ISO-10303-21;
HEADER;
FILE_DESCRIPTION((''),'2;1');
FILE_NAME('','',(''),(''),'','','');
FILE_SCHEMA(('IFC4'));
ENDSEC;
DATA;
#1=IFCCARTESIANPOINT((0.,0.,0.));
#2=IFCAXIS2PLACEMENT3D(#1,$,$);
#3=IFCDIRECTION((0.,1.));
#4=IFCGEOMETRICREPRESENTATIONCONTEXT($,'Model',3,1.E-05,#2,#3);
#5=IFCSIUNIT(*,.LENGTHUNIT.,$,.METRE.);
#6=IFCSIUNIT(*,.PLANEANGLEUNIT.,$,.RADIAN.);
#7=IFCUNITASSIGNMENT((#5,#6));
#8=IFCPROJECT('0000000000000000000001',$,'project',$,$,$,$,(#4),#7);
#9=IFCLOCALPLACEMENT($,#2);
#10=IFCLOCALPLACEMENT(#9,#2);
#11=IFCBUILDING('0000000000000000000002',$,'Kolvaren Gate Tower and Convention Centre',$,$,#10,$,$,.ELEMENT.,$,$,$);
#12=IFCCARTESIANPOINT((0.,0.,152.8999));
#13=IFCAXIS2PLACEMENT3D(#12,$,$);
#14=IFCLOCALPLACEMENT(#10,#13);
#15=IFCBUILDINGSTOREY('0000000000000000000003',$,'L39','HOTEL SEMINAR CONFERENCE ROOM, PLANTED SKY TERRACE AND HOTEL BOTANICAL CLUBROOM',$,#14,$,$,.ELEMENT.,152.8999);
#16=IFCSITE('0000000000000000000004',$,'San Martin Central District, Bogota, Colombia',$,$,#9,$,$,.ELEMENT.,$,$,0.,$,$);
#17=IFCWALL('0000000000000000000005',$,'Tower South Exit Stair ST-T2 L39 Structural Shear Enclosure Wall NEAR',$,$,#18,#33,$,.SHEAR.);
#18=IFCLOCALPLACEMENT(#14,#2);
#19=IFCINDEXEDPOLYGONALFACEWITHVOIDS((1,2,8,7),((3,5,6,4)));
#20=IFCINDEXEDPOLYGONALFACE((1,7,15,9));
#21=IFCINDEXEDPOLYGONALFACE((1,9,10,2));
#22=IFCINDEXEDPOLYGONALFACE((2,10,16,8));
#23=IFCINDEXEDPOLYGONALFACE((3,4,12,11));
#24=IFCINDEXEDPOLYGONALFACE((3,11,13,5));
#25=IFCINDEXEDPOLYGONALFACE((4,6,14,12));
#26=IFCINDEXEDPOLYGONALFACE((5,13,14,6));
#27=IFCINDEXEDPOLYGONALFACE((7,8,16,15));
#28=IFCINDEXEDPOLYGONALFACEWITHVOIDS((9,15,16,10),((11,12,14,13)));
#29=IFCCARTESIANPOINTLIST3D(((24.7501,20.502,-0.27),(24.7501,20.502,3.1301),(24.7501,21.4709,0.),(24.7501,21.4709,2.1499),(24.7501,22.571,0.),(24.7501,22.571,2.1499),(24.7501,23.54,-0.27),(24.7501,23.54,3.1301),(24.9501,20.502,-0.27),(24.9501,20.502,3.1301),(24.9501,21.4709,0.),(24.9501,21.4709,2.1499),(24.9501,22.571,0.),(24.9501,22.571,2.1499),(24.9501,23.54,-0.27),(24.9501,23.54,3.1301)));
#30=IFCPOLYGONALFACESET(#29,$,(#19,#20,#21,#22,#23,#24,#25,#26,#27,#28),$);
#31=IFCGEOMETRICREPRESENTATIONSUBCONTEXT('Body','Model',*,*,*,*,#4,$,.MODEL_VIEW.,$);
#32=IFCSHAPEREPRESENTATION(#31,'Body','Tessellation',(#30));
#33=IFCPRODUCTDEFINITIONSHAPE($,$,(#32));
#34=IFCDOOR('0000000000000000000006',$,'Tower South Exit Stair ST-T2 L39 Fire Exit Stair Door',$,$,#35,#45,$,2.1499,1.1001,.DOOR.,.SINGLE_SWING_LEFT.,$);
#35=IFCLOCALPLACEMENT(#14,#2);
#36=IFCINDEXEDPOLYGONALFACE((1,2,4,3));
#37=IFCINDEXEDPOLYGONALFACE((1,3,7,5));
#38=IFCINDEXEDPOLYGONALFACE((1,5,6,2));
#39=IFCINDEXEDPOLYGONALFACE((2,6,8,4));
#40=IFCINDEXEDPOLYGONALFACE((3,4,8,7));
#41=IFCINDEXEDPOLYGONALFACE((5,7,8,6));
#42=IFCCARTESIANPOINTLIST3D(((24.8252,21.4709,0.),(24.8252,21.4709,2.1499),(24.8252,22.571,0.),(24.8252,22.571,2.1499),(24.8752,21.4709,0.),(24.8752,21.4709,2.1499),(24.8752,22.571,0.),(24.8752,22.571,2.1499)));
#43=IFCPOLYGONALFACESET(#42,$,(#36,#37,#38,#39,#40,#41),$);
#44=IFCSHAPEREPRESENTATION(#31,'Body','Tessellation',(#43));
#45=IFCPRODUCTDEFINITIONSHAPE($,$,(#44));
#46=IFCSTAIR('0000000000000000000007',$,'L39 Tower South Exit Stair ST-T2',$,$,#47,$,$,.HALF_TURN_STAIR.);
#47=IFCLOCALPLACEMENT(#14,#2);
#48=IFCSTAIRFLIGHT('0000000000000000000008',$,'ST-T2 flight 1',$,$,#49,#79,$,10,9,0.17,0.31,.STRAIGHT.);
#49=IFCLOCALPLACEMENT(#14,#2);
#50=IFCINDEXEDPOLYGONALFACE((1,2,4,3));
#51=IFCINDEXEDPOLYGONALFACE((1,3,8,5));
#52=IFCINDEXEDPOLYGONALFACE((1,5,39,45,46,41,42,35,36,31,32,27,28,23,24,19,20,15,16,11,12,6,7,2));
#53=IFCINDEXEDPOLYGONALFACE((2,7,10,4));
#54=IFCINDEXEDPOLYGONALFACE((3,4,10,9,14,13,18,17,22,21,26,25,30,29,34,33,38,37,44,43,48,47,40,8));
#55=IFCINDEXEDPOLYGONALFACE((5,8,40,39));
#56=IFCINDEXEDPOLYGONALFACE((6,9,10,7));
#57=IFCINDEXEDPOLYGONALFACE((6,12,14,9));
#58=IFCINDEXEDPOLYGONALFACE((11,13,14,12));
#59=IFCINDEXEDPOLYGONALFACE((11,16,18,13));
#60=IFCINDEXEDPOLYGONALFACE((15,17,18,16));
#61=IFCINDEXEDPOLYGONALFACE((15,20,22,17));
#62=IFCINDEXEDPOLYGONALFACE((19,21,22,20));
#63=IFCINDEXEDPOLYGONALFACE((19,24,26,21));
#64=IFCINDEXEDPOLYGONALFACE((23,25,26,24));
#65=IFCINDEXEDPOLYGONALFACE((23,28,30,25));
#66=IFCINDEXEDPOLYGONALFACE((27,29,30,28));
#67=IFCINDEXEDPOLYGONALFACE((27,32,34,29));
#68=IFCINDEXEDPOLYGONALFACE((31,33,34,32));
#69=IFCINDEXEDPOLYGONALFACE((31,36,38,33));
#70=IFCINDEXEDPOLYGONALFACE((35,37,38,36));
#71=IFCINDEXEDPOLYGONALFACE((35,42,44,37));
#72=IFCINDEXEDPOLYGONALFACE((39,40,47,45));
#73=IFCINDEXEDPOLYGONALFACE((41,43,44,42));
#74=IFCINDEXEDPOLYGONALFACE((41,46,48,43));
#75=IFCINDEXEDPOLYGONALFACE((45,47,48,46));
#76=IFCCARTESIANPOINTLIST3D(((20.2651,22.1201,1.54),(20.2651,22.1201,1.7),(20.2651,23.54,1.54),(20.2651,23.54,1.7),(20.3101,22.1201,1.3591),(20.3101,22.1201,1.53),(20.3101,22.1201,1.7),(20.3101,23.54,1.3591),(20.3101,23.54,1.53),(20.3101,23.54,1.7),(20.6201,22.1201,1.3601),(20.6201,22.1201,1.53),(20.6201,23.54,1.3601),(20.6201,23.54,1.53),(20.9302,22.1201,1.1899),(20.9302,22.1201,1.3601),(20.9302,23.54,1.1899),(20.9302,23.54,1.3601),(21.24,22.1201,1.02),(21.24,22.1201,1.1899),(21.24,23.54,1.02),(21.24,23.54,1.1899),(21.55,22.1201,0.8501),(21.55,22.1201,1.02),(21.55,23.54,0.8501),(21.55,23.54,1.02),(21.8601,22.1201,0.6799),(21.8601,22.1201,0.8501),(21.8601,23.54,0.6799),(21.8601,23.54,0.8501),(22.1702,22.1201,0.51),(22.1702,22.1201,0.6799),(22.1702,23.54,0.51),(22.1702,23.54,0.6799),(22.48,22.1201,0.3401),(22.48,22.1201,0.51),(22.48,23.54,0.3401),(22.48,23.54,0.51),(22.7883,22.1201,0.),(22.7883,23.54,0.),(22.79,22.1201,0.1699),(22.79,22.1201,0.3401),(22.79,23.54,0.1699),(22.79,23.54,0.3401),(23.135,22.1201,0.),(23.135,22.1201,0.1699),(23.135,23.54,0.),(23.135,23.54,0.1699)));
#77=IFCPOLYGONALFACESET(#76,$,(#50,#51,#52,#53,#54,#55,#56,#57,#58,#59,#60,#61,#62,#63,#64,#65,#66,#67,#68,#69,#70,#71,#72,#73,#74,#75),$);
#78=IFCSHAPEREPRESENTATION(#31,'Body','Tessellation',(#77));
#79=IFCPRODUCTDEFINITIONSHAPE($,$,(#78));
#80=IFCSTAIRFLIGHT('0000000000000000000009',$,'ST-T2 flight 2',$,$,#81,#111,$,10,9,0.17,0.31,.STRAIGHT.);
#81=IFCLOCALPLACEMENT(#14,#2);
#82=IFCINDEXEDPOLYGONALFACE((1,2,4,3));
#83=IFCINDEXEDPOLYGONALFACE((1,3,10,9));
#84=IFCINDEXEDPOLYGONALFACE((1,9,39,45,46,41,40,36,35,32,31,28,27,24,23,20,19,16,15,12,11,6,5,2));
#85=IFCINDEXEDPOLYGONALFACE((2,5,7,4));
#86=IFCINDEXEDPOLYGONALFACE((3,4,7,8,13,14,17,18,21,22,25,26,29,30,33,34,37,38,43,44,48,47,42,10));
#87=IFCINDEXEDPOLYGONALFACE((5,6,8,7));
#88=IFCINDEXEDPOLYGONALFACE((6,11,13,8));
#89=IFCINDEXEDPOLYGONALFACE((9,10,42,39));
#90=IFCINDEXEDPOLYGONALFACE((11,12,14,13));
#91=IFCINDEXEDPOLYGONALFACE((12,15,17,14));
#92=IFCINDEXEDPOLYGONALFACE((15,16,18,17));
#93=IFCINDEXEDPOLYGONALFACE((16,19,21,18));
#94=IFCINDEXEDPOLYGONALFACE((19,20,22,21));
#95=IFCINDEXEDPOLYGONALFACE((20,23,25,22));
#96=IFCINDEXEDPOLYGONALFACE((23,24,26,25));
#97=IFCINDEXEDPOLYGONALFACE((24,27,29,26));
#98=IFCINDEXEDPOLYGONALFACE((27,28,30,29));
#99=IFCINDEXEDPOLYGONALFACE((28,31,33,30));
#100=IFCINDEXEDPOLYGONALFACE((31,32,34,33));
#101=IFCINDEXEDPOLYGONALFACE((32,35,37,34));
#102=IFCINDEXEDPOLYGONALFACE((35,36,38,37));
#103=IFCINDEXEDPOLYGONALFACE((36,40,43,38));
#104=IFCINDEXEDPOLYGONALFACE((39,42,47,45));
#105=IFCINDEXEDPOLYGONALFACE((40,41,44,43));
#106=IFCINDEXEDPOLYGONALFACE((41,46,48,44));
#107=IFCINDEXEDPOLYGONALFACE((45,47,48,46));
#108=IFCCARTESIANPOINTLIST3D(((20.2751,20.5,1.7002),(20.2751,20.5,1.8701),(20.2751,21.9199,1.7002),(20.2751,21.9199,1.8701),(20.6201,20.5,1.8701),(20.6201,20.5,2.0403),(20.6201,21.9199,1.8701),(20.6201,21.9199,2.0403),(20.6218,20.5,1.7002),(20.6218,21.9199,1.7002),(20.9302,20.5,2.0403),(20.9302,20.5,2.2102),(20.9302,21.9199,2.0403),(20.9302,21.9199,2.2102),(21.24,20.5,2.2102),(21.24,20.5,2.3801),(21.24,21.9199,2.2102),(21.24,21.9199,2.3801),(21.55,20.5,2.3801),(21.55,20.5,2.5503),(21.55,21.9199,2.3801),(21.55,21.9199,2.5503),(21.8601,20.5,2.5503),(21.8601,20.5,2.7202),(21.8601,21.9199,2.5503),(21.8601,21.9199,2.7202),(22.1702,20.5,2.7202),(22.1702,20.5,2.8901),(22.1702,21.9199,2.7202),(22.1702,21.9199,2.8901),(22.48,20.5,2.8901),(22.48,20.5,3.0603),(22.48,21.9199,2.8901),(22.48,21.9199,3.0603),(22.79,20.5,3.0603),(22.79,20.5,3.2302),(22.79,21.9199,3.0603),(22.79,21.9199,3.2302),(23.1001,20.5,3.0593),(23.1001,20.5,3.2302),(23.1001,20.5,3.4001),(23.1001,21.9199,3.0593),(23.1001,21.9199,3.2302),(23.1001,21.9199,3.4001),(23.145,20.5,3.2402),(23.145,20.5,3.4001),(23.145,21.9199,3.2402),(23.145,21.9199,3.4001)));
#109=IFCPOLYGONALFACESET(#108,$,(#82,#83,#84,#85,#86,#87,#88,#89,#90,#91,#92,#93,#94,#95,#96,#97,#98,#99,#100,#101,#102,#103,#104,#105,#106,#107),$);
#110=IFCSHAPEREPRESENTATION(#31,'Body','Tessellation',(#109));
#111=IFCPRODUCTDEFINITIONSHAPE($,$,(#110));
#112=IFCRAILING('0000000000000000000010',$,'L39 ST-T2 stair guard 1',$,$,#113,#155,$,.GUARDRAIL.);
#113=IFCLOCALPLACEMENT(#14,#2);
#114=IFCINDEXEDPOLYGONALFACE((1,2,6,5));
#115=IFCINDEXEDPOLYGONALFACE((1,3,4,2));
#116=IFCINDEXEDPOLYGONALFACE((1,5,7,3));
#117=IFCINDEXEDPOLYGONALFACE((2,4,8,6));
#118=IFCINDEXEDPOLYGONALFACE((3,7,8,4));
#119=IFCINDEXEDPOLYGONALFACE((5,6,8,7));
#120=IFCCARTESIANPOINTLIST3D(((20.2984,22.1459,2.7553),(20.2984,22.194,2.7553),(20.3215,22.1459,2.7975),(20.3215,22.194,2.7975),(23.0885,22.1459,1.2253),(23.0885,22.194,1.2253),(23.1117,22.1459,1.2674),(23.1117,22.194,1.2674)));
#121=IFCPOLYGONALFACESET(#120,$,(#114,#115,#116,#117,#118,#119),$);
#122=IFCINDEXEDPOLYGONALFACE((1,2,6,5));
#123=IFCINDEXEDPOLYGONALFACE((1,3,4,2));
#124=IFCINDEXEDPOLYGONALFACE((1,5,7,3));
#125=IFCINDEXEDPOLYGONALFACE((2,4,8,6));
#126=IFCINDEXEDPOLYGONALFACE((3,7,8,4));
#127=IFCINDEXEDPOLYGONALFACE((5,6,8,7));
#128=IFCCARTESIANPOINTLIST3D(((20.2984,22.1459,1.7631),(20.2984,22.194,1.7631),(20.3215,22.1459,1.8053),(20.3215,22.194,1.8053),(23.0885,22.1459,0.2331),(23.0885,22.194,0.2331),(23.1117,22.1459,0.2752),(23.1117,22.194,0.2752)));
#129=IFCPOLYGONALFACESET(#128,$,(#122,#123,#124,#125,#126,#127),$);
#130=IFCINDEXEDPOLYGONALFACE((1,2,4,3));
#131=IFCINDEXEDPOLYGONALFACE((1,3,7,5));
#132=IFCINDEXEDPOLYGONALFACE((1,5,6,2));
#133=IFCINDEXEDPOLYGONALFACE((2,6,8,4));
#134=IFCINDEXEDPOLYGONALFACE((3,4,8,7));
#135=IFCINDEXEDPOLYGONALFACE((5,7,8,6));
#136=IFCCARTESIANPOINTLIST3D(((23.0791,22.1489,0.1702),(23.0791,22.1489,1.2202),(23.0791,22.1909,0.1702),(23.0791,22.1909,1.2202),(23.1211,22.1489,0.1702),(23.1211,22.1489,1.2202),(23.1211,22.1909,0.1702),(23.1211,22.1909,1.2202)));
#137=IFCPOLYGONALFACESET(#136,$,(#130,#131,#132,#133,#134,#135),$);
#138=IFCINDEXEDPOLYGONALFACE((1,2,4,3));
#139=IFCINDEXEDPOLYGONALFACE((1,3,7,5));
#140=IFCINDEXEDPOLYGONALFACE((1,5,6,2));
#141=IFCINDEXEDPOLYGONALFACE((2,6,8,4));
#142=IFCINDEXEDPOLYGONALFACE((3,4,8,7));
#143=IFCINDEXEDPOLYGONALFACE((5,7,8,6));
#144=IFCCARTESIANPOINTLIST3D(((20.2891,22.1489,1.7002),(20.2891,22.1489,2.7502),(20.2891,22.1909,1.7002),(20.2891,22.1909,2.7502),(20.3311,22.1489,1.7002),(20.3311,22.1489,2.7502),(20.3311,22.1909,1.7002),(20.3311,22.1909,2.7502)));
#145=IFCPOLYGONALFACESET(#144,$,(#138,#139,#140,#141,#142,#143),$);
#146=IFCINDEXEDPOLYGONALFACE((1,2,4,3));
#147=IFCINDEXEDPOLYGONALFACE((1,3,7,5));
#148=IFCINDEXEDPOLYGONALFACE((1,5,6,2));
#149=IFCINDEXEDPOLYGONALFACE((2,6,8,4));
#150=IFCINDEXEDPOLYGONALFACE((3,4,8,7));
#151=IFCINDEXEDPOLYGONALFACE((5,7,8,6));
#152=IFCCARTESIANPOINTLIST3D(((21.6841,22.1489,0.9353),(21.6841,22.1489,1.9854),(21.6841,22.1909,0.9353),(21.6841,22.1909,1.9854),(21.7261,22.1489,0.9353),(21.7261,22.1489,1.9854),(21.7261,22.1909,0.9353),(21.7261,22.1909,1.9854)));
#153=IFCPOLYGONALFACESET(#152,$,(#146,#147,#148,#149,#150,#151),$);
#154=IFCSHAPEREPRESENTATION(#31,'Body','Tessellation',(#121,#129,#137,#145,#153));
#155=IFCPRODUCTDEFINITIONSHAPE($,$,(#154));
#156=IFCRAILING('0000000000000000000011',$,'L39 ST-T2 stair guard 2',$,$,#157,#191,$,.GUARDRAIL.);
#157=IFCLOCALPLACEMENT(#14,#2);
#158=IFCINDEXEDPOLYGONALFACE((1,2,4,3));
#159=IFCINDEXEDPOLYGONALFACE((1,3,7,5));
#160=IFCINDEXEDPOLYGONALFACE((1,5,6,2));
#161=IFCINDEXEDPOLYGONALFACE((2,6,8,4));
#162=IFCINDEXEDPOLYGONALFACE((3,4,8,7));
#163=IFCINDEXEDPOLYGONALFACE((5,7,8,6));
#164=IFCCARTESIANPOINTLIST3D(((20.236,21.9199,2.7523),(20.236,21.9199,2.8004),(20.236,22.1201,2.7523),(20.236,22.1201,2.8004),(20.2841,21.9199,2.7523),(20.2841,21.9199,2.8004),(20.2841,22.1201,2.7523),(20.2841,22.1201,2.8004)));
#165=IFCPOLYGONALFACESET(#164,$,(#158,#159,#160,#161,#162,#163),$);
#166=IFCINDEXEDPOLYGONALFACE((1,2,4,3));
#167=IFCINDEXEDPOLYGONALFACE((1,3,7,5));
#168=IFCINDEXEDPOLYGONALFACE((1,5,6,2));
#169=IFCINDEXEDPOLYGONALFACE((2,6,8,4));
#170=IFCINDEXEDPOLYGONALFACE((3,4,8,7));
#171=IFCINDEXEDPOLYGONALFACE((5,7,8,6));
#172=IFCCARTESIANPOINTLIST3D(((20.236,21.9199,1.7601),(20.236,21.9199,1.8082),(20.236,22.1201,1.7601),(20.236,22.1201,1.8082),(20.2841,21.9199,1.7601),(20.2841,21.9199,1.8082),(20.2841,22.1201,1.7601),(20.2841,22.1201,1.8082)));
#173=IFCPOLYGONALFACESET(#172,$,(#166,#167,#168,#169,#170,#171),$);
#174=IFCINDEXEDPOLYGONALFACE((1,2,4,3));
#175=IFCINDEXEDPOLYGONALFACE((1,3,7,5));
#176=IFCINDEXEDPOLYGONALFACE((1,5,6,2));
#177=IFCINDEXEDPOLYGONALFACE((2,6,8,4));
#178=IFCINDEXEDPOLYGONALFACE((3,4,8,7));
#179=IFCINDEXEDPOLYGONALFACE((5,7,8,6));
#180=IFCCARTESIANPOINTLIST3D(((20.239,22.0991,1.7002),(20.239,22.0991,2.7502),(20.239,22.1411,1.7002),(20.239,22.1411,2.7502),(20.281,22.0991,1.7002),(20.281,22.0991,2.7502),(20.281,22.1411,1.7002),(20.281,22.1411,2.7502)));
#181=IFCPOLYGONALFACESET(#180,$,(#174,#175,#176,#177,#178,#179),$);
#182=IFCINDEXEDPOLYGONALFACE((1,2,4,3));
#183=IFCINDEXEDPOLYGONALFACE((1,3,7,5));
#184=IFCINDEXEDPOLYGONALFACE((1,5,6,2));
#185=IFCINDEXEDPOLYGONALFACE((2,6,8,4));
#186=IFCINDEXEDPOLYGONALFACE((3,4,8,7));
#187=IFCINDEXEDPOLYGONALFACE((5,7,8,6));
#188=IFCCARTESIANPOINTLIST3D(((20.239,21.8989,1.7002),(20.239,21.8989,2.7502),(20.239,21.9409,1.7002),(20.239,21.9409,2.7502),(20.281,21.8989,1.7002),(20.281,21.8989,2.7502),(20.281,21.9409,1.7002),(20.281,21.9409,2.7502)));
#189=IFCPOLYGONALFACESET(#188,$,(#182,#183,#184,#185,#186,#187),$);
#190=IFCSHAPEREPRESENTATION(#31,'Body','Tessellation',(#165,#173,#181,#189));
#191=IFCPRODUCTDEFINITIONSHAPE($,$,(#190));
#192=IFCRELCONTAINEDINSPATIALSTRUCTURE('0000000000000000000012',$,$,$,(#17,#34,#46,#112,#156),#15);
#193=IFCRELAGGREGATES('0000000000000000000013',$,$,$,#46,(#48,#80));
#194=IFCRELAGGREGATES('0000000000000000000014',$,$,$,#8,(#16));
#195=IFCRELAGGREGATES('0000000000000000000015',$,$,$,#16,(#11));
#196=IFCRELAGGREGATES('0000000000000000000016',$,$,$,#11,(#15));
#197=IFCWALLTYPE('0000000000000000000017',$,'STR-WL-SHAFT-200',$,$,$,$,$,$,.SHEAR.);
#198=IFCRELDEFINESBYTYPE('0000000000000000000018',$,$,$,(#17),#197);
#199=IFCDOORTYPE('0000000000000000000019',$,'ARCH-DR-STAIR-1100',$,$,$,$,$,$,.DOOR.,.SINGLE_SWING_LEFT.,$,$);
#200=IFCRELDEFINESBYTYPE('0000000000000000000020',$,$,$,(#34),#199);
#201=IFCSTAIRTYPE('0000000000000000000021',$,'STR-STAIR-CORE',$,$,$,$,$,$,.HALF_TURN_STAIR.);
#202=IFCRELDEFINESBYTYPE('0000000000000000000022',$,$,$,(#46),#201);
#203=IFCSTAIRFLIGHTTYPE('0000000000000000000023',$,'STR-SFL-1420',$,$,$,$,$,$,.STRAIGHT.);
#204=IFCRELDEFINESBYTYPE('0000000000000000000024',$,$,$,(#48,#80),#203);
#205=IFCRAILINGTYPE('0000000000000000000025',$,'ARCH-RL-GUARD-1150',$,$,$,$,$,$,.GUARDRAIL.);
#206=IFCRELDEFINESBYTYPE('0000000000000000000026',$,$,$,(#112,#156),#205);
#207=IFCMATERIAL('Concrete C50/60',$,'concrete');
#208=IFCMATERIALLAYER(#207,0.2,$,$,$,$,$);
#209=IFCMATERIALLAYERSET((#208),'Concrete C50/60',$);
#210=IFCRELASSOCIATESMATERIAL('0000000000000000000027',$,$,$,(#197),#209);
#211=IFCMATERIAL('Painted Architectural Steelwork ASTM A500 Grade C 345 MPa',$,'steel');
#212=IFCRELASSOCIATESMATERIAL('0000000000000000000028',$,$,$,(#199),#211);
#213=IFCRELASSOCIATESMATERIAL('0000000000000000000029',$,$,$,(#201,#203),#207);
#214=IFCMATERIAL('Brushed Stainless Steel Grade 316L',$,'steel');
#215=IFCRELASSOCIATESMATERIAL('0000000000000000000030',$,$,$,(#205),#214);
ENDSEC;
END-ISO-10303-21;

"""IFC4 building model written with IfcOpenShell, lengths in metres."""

from ifc_helpers import new_model, si_unit, direction, frame, frame_2d, origin, origin_2d, place, context, subcontext, project, spatial, polyline, rectangle, outline, extrude, material, layer, layer_set, type_object, element, fill, aggregate, save


model = new_model("IFC4")

# Units and contexts
model_context = context("Model", 3, precision=1e-05, world=origin(), true_north=direction((0.0, 1.0)))
body_context = subcontext(model_context, "Body", "Model", "MODEL_VIEW")
ifc_project = project(units=[si_unit("LENGTHUNIT", "METRE"), si_unit("PLANEANGLEUNIT", "RADIAN")], contexts=[model_context])

# Site, building, storey
site_placement = place(None, origin())
site = spatial("IfcSite", under=ifc_project, at=site_placement, Name="San Martin Central District, Bogota, Colombia", CompositionType="ELEMENT", RefElevation=0.0)
building_placement = place(site_placement, origin())
building = spatial("IfcBuilding", under=site, at=building_placement, Name="Kolvaren Gate Tower and Convention Centre", CompositionType="ELEMENT")
storey_placement = place(building_placement, frame((0.0, 0.0, 152.8999)))
storey = spatial("IfcBuildingStorey", under=building, at=storey_placement, Name="L39", Description="HOTEL SEMINAR CONFERENCE ROOM, PLANTED SKY TERRACE AND HOTEL BOTANICAL CLUBROOM", CompositionType="ELEMENT", Elevation=152.8999)

# Shared definitions
ifc_material_1 = material(Name="Brushed Stainless Steel Grade 316L", Category="steel")

# Wall, opening, door
ifc_material_2 = material(Name="Concrete C50/60", Category="concrete")
ifc_layer_1 = layer(ifc_material_2, 0.2)
ifc_layer_set_1 = layer_set([ifc_layer_1], Name="Concrete C50/60")
wall_type_1 = type_object("IfcWallType", Name="STR-WL-SHAFT-200", PredefinedType="SHEAR", material=ifc_layer_set_1)
wall_1_placement = place(storey_placement, frame((24.8501, 20.502, -0.27), z_axis=(0.0, 0.0, 1.0), x_axis=(0.0, 1.0, 0.0)))
wall_1 = element("IfcWall", 1, at=wall_1_placement, inside=storey, type_object=wall_type_1, Name="Tower South Exit Stair ST-T2 L39 Structural Shear Enclosure Wall NEAR", PredefinedType="SHEAR", context=body_context, shape_type="SweptSolid", body=[
    extrude(rectangle(XDim=3.0381, YDim=0.2, at=frame_2d((1.519, 0.0))), origin(), (0.0, 0.0, 1.0), 3.4001),
])
opening_1_placement = place(wall_1_placement, frame((0.969, 0.0, 0.27)))
opening_1 = element("IfcOpeningElement", 2, at=opening_1_placement, cuts=wall_1, PredefinedType="OPENING", context=body_context, shape_type="SweptSolid", body=[
    extrude(rectangle(XDim=1.1001, YDim=2.1499, at=frame_2d((0.55, 1.075))), frame((0.0, 0.1099, 0.0), z_axis=(0.0, -1.0, 0.0), x_axis=(1.0, 0.0, 0.0)), (0.0, 0.0, 1.0), 0.22),
])
ifc_material_3 = material(Name="Painted Architectural Steelwork ASTM A500 Grade C 345 MPa", Category="steel")
door_type_1 = type_object("IfcDoorType", Name="ARCH-DR-STAIR-1100", OperationType="SINGLE_SWING_LEFT", PredefinedType="DOOR", material=ifc_material_3)
door_1_placement = place(opening_1_placement, origin())
door_1 = element("IfcDoor", 3, at=door_1_placement, inside=storey, type_object=door_type_1, Name="Tower South Exit Stair ST-T2 L39 Fire Exit Stair Door", OperationType="SINGLE_SWING_LEFT", OverallHeight=2.1499, OverallWidth=1.1001, PredefinedType="DOOR", context=body_context, shape_type="SweptSolid", body=[
    extrude(rectangle(XDim=1.1001, YDim=2.1499, at=frame_2d((0.55, 1.075))), frame((0.0, 0.0249, 0.0), z_axis=(0.0, -1.0, 0.0), x_axis=(1.0, 0.0, 0.0)), (0.0, 0.0, 1.0), 0.05),
])
fill(opening_1, door_1)

# Stair, stair flights
stair_type = type_object("IfcStairType", Name="STR-STAIR-CORE", PredefinedType="HALF_TURN_STAIR", material=ifc_material_2)
stair_placement = place(storey_placement, origin())
stair = element("IfcStair", 4, at=stair_placement, inside=storey, type_object=stair_type, Name="L39 Tower South Exit Stair ST-T2", PredefinedType="HALF_TURN_STAIR")
stair_flight_type = type_object("IfcStairFlightType", Name="STR-SFL-1420", PredefinedType="STRAIGHT", material=ifc_material_2)
stair_flight_1_placement = place(storey_placement, frame((23.1001, 22.8301, 0.0), z_axis=(0.0, 0.0, 1.0), x_axis=(-1.0, 0.0, 0.0)))
stair_flight_1 = element("IfcStairFlight", 5, at=stair_flight_1_placement, type_object=stair_flight_type, Name="ST-T2 flight 1", NumberOfRisers=10, NumberOfTreads=9, PredefinedType="STRAIGHT", RiserHeight=0.17, TreadLength=0.31, context=body_context, shape_type="SweptSolid", body=[
    extrude(outline(polyline([(-0.0349, 0.0), (-0.0349, 0.1699), (0.3101, 0.1699), (0.3101, 0.3401), (0.6201, 0.3401), (0.6201, 0.51), (0.9299, 0.51), (0.9299, 0.6799), (1.24, 0.6799), (1.24, 0.8501), (1.55, 0.8501), (1.55, 1.02), (1.8601, 1.02), (1.8601, 1.1899), (2.1699, 1.1899), (2.1699, 1.3601), (2.48, 1.3601), (2.48, 1.53), (2.79, 1.53), (2.79, 1.7), (2.835, 1.7), (2.835, 1.54), (2.79, 1.3591), (0.3118, 0.0), (-0.0349, 0.0)])), frame((0.0, 0.71, 0.0), z_axis=(0.0, -1.0, 0.0), x_axis=(1.0, 0.0, 0.0)), (0.0, 0.0, 1.0), 1.4199),
])
stair_flight_2_placement = place(storey_placement, frame((20.3101, 21.21, 1.7002), z_axis=(0.0, 0.0, 1.0), x_axis=(1.0, 0.0, 0.0)))
stair_flight_2 = element("IfcStairFlight", 6, at=stair_flight_2_placement, type_object=stair_flight_type, Name="ST-T2 flight 2", NumberOfRisers=10, NumberOfTreads=9, PredefinedType="STRAIGHT", RiserHeight=0.17, TreadLength=0.31, context=body_context, shape_type="SweptSolid", body=[
    extrude(outline(polyline([(-0.0349, 0.0), (-0.0349, 0.1699), (0.3101, 0.1699), (0.3101, 0.3401), (0.6201, 0.3401), (0.6201, 0.51), (0.9299, 0.51), (0.9299, 0.6799), (1.24, 0.6799), (1.24, 0.8501), (1.55, 0.8501), (1.55, 1.02), (1.8601, 1.02), (1.8601, 1.1899), (2.1699, 1.1899), (2.1699, 1.3601), (2.48, 1.3601), (2.48, 1.53), (2.79, 1.53), (2.79, 1.7), (2.835, 1.7), (2.835, 1.54), (2.79, 1.3591), (0.3118, 0.0), (-0.0349, 0.0)])), frame((0.0, 0.71, 0.0), z_axis=(0.0, -1.0, 0.0), x_axis=(1.0, 0.0, 0.0)), (0.0, 0.0, 1.0), 1.4199),
])
aggregate(stair, [stair_flight_1, stair_flight_2])

# Railings
railing_type_1 = type_object("IfcRailingType", Name="ARCH-RL-GUARD-1150", PredefinedType="GUARDRAIL", material=ifc_material_1)
railing_1_placement = place(storey_placement, frame((23.1001, 22.1699, 0.1702)))
element("IfcRailing", 7, at=railing_1_placement, inside=storey, type_object=railing_type_1, Name="L39 ST-T2 stair guard 1", PredefinedType="GUARDRAIL", context=body_context, shape_type="SweptSolid", body=[
    extrude(rectangle(XDim=0.0481, YDim=0.0481, at=origin_2d()), frame((0.0, 0.0, 1.0762), z_axis=(-0.876811, 0.0, 0.480835), x_axis=(0.0, -1.0, 0.0)), (0.0, 0.0, 1.0), 3.1821),
    extrude(rectangle(XDim=0.0481, YDim=0.0481, at=origin_2d()), frame((0.0, 0.0, 0.084), z_axis=(-0.876811, 0.0, 0.480835), x_axis=(0.0, -1.0, 0.0)), (0.0, 0.0, 1.0), 3.1821),
    extrude(rectangle(XDim=0.042, YDim=0.042, at=origin_2d()), origin(), (0.0, 0.0, 1.0), 1.05),
    extrude(rectangle(XDim=0.042, YDim=0.042, at=origin_2d()), frame((-2.79, 0.0, 1.53)), (0.0, 0.0, 1.0), 1.05),
    extrude(rectangle(XDim=0.042, YDim=0.042, at=origin_2d()), frame((-1.395, 0.0, 0.7651)), (0.0, 0.0, 1.0), 1.05),
])
railing_2_placement = place(storey_placement, frame((20.26, 22.1201, 1.7002)))
element("IfcRailing", 8, at=railing_2_placement, inside=storey, type_object=railing_type_1, Name="L39 ST-T2 stair guard 2", PredefinedType="GUARDRAIL", context=body_context, shape_type="SweptSolid", body=[
    extrude(rectangle(XDim=0.0481, YDim=0.0481, at=origin_2d()), frame((0.0, 0.0, 1.0762), z_axis=(0.0, -1.0, 0.0), x_axis=(1.0, 0.0, 0.0)), (0.0, 0.0, 1.0), 0.2002),
    extrude(rectangle(XDim=0.0481, YDim=0.0481, at=origin_2d()), frame((0.0, 0.0, 0.084), z_axis=(0.0, -1.0, 0.0), x_axis=(1.0, 0.0, 0.0)), (0.0, 0.0, 1.0), 0.2002),
    extrude(rectangle(XDim=0.042, YDim=0.042, at=origin_2d()), origin(), (0.0, 0.0, 1.0), 1.05),
    extrude(rectangle(XDim=0.042, YDim=0.042, at=origin_2d()), frame((0.0, -0.2002, 0.0)), (0.0, 0.0, 1.0), 1.05),
])

save(model, "model.ifc")
